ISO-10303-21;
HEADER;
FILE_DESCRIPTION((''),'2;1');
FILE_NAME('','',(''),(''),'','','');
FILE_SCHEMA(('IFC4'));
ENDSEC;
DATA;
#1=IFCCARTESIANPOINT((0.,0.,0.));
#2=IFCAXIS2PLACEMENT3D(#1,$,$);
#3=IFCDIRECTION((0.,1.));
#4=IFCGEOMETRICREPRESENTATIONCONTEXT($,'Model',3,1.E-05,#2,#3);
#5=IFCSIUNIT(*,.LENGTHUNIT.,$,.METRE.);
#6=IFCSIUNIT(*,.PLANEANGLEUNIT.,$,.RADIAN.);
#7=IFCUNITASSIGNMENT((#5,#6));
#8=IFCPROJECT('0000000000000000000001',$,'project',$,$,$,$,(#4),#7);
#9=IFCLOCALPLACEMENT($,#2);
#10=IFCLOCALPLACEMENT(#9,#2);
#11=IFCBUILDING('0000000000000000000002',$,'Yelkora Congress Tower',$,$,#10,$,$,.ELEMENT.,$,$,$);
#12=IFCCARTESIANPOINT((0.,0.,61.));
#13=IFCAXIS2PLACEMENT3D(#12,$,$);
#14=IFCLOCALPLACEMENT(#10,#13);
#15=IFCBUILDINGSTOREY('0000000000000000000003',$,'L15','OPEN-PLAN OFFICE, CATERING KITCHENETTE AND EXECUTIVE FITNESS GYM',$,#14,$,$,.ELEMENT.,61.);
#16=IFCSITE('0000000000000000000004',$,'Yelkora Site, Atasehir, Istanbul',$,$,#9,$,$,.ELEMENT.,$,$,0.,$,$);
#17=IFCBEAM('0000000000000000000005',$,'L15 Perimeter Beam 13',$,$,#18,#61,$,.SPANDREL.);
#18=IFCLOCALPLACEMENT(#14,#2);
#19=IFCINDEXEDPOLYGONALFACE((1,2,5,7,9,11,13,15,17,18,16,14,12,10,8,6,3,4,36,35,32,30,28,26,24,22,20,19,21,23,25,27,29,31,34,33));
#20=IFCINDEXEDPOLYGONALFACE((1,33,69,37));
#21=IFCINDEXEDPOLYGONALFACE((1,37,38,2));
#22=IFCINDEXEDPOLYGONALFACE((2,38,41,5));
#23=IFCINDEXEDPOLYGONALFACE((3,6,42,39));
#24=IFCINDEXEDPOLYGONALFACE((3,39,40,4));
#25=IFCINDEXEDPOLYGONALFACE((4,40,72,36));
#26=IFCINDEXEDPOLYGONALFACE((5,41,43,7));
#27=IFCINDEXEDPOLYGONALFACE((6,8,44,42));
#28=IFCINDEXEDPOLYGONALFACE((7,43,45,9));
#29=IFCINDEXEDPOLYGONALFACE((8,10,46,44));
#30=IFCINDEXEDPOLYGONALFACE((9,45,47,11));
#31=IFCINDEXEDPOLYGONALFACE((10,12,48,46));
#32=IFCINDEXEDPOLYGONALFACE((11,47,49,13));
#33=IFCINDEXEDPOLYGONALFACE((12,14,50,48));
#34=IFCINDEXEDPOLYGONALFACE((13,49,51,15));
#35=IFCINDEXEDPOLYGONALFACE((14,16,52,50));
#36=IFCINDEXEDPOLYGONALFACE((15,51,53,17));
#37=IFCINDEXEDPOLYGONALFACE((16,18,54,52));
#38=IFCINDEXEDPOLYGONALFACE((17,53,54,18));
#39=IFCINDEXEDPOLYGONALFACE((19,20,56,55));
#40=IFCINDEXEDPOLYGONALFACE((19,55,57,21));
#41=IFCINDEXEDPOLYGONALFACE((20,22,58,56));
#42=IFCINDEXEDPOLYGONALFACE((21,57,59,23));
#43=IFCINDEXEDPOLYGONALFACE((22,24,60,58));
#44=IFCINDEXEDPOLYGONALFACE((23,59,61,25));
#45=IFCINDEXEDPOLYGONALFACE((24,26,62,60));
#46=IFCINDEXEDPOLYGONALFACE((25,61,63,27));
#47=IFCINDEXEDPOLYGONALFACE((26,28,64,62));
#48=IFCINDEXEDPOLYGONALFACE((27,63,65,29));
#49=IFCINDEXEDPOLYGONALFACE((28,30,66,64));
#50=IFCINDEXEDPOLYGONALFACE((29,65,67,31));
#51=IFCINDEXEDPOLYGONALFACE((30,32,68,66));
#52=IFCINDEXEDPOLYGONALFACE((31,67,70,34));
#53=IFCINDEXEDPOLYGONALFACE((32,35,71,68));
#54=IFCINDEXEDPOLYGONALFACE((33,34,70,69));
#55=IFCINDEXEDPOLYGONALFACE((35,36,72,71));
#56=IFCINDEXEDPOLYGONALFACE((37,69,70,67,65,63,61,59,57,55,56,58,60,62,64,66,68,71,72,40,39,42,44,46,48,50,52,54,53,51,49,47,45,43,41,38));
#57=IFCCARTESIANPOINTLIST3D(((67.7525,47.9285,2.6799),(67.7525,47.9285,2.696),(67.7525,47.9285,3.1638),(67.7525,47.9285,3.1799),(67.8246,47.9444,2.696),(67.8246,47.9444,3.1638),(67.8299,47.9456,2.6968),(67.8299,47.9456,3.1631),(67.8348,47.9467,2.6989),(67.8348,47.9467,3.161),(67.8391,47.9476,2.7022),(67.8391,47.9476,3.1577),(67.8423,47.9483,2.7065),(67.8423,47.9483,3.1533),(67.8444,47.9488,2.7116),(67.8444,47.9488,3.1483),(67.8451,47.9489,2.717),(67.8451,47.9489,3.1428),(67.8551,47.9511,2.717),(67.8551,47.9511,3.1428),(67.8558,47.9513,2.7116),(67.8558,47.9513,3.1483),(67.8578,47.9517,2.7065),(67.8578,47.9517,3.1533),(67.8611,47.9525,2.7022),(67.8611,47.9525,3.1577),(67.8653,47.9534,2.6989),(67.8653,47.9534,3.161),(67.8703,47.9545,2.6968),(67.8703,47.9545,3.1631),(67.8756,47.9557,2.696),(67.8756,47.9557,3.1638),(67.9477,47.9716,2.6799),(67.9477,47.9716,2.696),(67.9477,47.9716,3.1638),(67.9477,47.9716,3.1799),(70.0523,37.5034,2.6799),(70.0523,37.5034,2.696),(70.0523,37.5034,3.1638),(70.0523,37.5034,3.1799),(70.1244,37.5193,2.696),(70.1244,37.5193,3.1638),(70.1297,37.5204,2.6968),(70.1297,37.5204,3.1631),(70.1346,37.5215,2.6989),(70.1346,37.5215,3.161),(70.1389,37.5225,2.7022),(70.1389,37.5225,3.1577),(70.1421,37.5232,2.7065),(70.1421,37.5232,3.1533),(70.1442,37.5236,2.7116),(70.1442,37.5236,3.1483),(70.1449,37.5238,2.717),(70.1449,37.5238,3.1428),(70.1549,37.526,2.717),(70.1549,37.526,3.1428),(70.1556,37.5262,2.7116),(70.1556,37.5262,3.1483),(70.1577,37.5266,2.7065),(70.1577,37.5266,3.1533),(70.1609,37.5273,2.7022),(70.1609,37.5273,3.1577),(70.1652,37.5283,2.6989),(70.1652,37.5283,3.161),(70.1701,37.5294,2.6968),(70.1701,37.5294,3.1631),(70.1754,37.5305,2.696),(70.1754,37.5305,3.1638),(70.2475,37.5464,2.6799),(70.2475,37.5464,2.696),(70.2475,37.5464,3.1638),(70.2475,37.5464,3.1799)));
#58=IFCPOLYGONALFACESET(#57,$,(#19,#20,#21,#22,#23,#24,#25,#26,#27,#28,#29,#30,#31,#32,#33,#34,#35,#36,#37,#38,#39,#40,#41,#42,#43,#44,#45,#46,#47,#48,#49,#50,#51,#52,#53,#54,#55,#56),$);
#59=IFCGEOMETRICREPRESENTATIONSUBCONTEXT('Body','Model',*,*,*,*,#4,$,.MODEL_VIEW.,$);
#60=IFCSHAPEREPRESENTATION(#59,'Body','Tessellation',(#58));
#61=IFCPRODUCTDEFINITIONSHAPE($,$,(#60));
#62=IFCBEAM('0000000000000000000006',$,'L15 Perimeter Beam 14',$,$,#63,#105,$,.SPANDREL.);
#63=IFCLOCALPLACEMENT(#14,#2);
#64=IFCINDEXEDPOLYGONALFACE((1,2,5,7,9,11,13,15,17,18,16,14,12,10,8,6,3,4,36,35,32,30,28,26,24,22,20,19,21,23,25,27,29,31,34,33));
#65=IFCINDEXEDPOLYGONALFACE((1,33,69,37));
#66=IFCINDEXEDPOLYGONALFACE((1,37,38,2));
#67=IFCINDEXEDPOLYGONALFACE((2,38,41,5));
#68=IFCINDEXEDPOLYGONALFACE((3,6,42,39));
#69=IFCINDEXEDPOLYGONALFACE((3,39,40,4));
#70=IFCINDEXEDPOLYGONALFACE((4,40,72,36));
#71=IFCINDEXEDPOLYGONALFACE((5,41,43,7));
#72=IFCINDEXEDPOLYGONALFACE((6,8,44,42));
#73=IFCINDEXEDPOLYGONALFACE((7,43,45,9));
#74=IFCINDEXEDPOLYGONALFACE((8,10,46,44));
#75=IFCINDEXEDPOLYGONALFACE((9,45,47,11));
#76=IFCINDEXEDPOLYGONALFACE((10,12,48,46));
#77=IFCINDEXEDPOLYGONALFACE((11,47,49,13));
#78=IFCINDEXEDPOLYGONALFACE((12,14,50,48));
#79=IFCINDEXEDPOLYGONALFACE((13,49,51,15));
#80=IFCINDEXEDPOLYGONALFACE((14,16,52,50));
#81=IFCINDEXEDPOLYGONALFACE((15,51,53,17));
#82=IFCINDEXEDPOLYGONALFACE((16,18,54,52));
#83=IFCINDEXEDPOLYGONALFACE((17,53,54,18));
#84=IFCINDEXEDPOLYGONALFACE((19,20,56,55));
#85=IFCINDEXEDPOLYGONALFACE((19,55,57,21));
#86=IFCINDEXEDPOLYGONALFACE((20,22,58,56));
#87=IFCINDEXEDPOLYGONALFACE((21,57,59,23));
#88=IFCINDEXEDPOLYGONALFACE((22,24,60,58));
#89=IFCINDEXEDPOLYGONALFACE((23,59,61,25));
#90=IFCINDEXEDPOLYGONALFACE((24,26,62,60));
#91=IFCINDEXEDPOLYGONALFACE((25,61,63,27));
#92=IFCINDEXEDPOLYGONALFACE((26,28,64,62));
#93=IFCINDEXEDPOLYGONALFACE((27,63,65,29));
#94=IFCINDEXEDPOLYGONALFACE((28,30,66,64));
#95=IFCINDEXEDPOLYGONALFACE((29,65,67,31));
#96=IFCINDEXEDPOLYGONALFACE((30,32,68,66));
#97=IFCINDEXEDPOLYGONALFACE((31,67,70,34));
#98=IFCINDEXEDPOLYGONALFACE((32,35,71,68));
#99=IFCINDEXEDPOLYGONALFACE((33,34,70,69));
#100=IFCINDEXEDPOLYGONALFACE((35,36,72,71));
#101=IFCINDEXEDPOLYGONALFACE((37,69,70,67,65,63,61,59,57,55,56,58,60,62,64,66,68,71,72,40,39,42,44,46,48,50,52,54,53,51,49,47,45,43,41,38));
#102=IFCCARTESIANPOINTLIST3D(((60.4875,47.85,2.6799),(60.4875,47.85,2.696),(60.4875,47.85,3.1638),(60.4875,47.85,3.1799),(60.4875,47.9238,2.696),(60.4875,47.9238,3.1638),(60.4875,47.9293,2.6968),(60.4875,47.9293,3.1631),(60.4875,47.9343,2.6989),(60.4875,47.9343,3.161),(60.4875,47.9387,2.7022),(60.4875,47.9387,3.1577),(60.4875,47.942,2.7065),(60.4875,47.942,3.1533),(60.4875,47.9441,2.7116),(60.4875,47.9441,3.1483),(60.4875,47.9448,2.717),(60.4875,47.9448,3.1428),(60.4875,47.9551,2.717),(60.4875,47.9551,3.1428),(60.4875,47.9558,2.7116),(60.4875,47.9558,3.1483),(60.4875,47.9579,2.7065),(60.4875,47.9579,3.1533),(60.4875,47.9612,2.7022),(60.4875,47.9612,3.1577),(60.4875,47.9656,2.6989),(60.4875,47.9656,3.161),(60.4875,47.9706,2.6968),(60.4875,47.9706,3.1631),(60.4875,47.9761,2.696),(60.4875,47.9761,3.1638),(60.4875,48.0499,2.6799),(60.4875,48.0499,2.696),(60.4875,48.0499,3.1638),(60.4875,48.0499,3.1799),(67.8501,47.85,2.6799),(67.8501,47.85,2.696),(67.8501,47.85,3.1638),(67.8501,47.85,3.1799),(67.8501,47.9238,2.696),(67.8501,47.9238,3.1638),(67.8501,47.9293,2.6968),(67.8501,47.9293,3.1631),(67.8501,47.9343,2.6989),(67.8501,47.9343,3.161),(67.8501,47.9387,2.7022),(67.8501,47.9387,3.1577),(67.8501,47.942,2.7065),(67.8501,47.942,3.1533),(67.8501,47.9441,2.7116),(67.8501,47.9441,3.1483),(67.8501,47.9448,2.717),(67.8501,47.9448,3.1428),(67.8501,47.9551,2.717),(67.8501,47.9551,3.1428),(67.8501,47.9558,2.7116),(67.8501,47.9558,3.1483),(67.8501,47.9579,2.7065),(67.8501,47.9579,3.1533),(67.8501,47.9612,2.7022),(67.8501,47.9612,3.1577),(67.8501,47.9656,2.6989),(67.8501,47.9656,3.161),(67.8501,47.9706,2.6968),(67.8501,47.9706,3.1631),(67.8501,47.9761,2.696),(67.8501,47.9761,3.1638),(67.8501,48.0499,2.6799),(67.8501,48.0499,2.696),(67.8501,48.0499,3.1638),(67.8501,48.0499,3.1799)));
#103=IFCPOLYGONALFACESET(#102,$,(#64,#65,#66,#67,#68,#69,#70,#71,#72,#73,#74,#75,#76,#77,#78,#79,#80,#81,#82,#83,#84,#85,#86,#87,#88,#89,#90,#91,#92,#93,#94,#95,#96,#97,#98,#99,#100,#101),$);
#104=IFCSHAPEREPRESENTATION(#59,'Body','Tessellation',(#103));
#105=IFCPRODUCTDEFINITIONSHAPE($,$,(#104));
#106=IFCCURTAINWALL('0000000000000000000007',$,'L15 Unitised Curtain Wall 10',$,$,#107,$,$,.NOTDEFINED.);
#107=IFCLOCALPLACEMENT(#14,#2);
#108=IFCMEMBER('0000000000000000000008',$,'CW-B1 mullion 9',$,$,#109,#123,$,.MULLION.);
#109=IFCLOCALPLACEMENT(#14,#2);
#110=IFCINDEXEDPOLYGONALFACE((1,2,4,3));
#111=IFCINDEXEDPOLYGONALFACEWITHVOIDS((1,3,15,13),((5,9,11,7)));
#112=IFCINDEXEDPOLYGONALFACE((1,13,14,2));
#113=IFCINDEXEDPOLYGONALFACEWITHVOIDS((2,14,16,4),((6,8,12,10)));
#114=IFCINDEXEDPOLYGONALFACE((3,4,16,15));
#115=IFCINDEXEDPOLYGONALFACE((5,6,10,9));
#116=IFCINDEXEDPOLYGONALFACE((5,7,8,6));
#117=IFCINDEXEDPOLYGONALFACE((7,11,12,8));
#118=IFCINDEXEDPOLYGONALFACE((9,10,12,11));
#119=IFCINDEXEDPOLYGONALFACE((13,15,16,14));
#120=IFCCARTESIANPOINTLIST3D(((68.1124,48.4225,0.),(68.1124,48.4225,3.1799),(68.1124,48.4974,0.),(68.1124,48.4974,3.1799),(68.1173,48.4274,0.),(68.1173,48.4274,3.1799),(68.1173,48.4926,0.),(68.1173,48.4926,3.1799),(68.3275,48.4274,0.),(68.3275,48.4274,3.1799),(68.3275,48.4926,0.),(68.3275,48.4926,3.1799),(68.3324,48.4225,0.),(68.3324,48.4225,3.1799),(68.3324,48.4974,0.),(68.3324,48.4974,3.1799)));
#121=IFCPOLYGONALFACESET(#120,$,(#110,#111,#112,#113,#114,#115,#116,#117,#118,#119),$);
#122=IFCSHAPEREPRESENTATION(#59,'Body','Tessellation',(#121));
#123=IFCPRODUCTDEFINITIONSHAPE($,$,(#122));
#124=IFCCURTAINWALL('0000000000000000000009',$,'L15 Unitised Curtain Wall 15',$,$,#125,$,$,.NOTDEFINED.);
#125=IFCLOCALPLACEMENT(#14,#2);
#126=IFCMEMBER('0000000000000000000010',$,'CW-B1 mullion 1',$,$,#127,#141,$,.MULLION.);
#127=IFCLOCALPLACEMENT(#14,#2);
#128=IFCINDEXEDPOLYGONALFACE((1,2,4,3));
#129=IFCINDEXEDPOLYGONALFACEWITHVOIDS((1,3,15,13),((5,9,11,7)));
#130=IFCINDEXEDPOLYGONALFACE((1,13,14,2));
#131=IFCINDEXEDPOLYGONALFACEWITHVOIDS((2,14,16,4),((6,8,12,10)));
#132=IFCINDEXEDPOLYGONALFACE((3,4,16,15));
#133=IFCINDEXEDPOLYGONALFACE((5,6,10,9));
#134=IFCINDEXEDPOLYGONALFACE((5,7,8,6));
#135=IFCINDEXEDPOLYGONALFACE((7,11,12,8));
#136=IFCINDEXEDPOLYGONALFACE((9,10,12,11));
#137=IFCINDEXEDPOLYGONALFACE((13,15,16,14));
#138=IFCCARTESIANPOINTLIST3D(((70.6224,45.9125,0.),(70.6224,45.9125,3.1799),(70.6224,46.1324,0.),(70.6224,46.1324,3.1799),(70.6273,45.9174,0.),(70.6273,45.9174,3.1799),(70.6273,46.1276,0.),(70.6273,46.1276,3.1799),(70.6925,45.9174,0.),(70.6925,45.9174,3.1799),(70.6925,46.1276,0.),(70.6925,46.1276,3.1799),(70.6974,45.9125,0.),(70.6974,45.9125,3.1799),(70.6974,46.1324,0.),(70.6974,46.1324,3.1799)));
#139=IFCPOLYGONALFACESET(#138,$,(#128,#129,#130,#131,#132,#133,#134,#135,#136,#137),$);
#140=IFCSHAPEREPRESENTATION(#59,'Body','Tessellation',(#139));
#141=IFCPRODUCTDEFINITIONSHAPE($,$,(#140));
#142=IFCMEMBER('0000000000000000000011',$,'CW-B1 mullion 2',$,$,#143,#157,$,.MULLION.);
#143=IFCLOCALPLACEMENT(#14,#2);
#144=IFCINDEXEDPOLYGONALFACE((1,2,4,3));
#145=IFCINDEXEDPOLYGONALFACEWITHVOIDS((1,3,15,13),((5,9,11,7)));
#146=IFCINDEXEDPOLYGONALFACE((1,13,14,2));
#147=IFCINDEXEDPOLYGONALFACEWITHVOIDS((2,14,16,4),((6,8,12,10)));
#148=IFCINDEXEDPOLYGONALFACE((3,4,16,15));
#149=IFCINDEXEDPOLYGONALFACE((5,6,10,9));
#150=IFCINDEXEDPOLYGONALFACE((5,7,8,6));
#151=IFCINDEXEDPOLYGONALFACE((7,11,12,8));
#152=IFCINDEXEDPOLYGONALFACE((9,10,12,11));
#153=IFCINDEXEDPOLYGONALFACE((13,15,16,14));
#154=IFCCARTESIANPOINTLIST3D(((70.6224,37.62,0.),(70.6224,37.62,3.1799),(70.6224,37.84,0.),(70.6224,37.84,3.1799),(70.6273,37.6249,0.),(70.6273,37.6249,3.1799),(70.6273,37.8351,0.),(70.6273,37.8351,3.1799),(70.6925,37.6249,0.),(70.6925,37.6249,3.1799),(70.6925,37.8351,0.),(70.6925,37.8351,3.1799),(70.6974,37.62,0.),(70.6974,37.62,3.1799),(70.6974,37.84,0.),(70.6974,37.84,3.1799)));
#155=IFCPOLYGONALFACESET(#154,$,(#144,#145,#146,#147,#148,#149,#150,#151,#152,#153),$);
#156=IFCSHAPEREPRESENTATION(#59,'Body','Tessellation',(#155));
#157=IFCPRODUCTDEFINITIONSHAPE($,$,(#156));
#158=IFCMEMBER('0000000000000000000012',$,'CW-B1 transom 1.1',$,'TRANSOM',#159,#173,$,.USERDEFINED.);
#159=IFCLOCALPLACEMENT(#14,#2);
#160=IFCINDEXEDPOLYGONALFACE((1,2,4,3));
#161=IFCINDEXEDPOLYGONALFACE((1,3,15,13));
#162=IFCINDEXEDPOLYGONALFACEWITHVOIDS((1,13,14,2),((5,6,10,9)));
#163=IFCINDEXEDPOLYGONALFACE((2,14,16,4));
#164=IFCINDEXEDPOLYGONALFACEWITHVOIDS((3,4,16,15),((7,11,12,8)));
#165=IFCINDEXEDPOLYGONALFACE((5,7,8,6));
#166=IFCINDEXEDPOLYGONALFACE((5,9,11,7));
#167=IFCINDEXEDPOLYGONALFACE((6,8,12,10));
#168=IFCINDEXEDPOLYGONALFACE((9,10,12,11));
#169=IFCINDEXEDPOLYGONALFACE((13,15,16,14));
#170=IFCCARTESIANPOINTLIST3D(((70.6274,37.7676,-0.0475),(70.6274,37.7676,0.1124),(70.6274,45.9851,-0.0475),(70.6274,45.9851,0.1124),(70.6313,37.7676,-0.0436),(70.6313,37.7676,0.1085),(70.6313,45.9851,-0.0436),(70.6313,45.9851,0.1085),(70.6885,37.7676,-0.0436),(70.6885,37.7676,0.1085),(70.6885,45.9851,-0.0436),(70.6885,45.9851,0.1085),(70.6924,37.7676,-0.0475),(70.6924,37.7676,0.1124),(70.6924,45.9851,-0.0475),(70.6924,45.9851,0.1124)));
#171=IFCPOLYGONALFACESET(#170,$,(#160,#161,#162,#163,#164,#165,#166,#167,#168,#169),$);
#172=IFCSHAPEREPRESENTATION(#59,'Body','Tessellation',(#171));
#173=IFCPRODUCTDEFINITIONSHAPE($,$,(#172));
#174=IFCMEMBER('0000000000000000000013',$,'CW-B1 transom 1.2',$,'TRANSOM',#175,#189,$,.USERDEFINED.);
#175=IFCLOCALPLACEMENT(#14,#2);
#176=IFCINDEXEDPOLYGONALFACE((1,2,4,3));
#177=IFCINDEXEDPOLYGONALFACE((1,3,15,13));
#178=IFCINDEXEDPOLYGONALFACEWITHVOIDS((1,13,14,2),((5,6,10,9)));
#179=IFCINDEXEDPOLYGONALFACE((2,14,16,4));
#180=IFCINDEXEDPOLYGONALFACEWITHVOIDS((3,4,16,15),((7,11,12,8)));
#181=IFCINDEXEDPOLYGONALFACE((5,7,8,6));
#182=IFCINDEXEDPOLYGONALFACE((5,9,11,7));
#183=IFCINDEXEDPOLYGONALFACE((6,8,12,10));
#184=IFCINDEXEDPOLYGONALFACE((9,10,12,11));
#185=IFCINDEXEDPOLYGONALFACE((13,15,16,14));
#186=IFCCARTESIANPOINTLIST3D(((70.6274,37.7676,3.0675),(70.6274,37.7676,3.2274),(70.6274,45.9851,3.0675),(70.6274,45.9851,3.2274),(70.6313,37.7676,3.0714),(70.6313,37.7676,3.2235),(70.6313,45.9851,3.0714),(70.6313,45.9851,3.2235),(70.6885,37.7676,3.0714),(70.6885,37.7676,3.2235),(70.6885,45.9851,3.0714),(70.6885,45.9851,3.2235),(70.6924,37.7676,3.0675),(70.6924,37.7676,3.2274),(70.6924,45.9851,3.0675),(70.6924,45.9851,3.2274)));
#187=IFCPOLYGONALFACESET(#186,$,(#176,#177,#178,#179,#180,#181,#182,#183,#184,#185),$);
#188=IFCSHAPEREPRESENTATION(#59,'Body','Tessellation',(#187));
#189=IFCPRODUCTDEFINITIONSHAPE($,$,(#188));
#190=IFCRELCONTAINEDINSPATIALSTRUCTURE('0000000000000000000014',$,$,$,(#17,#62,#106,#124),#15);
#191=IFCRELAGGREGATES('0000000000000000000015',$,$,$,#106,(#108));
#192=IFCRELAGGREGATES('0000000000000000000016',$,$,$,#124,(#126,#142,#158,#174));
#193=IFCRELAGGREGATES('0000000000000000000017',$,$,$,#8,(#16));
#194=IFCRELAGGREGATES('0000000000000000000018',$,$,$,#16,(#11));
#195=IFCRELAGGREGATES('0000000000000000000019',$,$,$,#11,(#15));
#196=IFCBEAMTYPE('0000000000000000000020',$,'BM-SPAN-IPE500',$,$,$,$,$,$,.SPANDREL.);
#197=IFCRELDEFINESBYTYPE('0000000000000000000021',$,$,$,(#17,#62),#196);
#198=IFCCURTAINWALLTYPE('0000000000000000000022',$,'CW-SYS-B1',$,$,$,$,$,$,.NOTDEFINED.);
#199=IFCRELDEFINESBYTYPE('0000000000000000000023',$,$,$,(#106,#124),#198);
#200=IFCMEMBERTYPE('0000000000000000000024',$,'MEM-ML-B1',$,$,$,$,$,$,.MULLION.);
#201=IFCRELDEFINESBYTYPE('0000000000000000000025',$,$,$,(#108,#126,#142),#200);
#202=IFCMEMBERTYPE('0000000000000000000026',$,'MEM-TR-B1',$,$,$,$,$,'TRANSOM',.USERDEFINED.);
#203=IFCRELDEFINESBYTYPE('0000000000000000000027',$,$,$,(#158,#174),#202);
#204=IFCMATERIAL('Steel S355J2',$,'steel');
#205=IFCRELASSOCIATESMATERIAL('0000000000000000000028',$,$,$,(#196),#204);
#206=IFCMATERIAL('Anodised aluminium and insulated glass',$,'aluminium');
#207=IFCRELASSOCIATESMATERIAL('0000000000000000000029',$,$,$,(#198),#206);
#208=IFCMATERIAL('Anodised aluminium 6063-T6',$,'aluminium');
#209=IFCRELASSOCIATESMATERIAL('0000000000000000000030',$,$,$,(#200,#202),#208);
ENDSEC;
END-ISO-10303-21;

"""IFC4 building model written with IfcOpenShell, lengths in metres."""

from ifc_helpers import new_model, si_unit, direction, frame, origin, origin_2d, place, context, subcontext, project, spatial, hollow_rectangle, i_section, extrude, material, material_profile, profile_set, type_object, element, aggregate, save


model = new_model("IFC4")

# Units and contexts
model_context = context("Model", 3, precision=1e-05, world=origin(), true_north=direction((0.0, 1.0)))
body_context = subcontext(model_context, "Body", "Model", "MODEL_VIEW")
ifc_project = project(units=[si_unit("LENGTHUNIT", "METRE"), si_unit("PLANEANGLEUNIT", "RADIAN")], contexts=[model_context])

# Site, building, storey
site_placement = place(None, origin())
site = spatial("IfcSite", under=ifc_project, at=site_placement, Name="Yelkora Site, Atasehir, Istanbul", CompositionType="ELEMENT", RefElevation=0.0)
building_placement = place(site_placement, origin())
building = spatial("IfcBuilding", under=site, at=building_placement, Name="Yelkora Congress Tower", CompositionType="ELEMENT")
storey_placement = place(building_placement, frame((0.0, 0.0, 61.0)))
storey = spatial("IfcBuildingStorey", under=building, at=storey_placement, Name="L15", Description="OPEN-PLAN OFFICE, CATERING KITCHENETTE AND EXECUTIVE FITNESS GYM", CompositionType="ELEMENT", Elevation=61.0)

# Beams
ifc_material_1 = material(Name="Steel S355J2", Category="steel")
ifc_material_profile_1 = material_profile(ifc_material_1, i_section(OverallWidth=0.2, OverallDepth=0.5, WebThickness=0.0103, FlangeThickness=0.0161, FilletRadius=0.021, at=origin_2d()), Name="IPE 500")
ifc_profile_set_1 = profile_set([ifc_material_profile_1], Name="Steel S355J2")
beam_type_1 = type_object("IfcBeamType", Name="BM-SPAN-IPE500", PredefinedType="SPANDREL", material=ifc_profile_set_1)
beam_1_placement = place(storey_placement, frame((70.1499, 37.5249, 2.9299), z_axis=(-0.215424, 0.976521, 0.0), x_axis=(-0.976521, -0.215424, 0.0)))
element("IfcBeam", 1, at=beam_1_placement, inside=storey, type_object=beam_type_1, Name="L15 Perimeter Beam 13", PredefinedType="SPANDREL", context=body_context, shape_type="SweptSolid", body=[
    extrude(i_section(OverallWidth=0.2, OverallDepth=0.5, WebThickness=0.0103, FlangeThickness=0.0161, FilletRadius=0.021, at=origin_2d()), origin(), (0.0, 0.0, 1.0), 10.6758),
])
beam_2_placement = place(storey_placement, frame((67.8501, 47.95, 2.9299), z_axis=(-1.0, 0.0, 0.0), x_axis=(0.0, -1.0, 0.0)))
element("IfcBeam", 2, at=beam_2_placement, inside=storey, type_object=beam_type_1, Name="L15 Perimeter Beam 14", PredefinedType="SPANDREL", context=body_context, shape_type="SweptSolid", body=[
    extrude(i_section(OverallWidth=0.2, OverallDepth=0.5, WebThickness=0.0103, FlangeThickness=0.0161, FilletRadius=0.021, at=origin_2d()), origin(), (0.0, 0.0, 1.0), 7.3625),
])

# Curtain wall, member
ifc_material_2 = material(Name="Anodised aluminium and insulated glass", Category="aluminium")
curtain_wall_type = type_object("IfcCurtainWallType", Name="CW-SYS-B1", PredefinedType="NOTDEFINED", material=ifc_material_2)
curtain_wall_1_placement = place(storey_placement, origin())
curtain_wall_1 = element("IfcCurtainWall", 3, at=curtain_wall_1_placement, inside=storey, type_object=curtain_wall_type, Name="L15 Unitised Curtain Wall 10", PredefinedType="NOTDEFINED")
ifc_material_3 = material(Name="Anodised aluminium 6063-T6", Category="aluminium")
ifc_material_profile_2 = material_profile(ifc_material_3, hollow_rectangle(XDim=0.075, YDim=0.22, WallThickness=0.0049, at=origin_2d()), Name="ALU 75x220x5")
ifc_profile_set_2 = profile_set([ifc_material_profile_2], Name="Anodised aluminium 6063-T6")
member_type_1 = type_object("IfcMemberType", Name="MEM-ML-B1", PredefinedType="MULLION", material=ifc_profile_set_2)
member_1_placement = place(storey_placement, frame((68.2224, 48.46, 0.0), z_axis=(0.0, 0.0, 1.0), x_axis=(0.0, 1.0, 0.0)))
member_1 = element("IfcMember", 4, at=member_1_placement, type_object=member_type_1, Name="CW-B1 mullion 9", PredefinedType="MULLION", context=body_context, shape_type="SweptSolid", body=[
    extrude(hollow_rectangle(XDim=0.075, YDim=0.22, WallThickness=0.0049, at=origin_2d()), origin(), (0.0, 0.0, 1.0), 3.1799),
])

# Curtain wall, members
curtain_wall_2_placement = place(storey_placement, origin())
curtain_wall_2 = element("IfcCurtainWall", 5, at=curtain_wall_2_placement, inside=storey, type_object=curtain_wall_type, Name="L15 Unitised Curtain Wall 15", PredefinedType="NOTDEFINED")
member_2_placement = place(storey_placement, frame((70.6599, 46.0225, 0.0), z_axis=(0.0, 0.0, 1.0), x_axis=(1.0, 0.0, 0.0)))
member_2 = element("IfcMember", 6, at=member_2_placement, type_object=member_type_1, Name="CW-B1 mullion 1", PredefinedType="MULLION", context=body_context, shape_type="SweptSolid", body=[
    extrude(hollow_rectangle(XDim=0.075, YDim=0.22, WallThickness=0.0049, at=origin_2d()), origin(), (0.0, 0.0, 1.0), 3.1799),
])
member_3_placement = place(storey_placement, frame((70.6599, 37.73, 0.0), z_axis=(0.0, 0.0, 1.0), x_axis=(1.0, 0.0, 0.0)))
member_3 = element("IfcMember", 7, at=member_3_placement, type_object=member_type_1, Name="CW-B1 mullion 2", PredefinedType="MULLION", context=body_context, shape_type="SweptSolid", body=[
    extrude(hollow_rectangle(XDim=0.075, YDim=0.22, WallThickness=0.0049, at=origin_2d()), origin(), (0.0, 0.0, 1.0), 3.1799),
])
ifc_material_profile_3 = material_profile(ifc_material_3, hollow_rectangle(XDim=0.0649, YDim=0.1599, WallThickness=0.0039, at=origin_2d()), Name="ALU 65x160x4")
ifc_profile_set_3 = profile_set([ifc_material_profile_3], Name="Anodised aluminium 6063-T6")
member_type_2 = type_object("IfcMemberType", Name="MEM-TR-B1", ElementType="TRANSOM", PredefinedType="USERDEFINED", material=ifc_profile_set_3)
member_4_placement = place(storey_placement, frame((70.6599, 45.9851, 0.0325), z_axis=(0.0, -1.0, 0.0), x_axis=(1.0, 0.0, 0.0)))
member_4 = element("IfcMember", 8, at=member_4_placement, type_object=member_type_2, Name="CW-B1 transom 1.1", ObjectType="TRANSOM", PredefinedType="USERDEFINED", context=body_context, shape_type="SweptSolid", body=[
    extrude(hollow_rectangle(XDim=0.0649, YDim=0.1599, WallThickness=0.0039, at=origin_2d()), origin(), (0.0, 0.0, 1.0), 8.2175),
])
member_5_placement = place(storey_placement, frame((70.6599, 45.9851, 3.1475), z_axis=(0.0, -1.0, 0.0), x_axis=(1.0, 0.0, 0.0)))
member_5 = element("IfcMember", 9, at=member_5_placement, type_object=member_type_2, Name="CW-B1 transom 1.2", ObjectType="TRANSOM", PredefinedType="USERDEFINED", context=body_context, shape_type="SweptSolid", body=[
    extrude(hollow_rectangle(XDim=0.0649, YDim=0.1599, WallThickness=0.0039, at=origin_2d()), origin(), (0.0, 0.0, 1.0), 8.2175),
])

aggregate(curtain_wall_1, [member_1])
aggregate(curtain_wall_2, [member_2, member_3, member_4, member_5])

save(model, "model.ifc")
